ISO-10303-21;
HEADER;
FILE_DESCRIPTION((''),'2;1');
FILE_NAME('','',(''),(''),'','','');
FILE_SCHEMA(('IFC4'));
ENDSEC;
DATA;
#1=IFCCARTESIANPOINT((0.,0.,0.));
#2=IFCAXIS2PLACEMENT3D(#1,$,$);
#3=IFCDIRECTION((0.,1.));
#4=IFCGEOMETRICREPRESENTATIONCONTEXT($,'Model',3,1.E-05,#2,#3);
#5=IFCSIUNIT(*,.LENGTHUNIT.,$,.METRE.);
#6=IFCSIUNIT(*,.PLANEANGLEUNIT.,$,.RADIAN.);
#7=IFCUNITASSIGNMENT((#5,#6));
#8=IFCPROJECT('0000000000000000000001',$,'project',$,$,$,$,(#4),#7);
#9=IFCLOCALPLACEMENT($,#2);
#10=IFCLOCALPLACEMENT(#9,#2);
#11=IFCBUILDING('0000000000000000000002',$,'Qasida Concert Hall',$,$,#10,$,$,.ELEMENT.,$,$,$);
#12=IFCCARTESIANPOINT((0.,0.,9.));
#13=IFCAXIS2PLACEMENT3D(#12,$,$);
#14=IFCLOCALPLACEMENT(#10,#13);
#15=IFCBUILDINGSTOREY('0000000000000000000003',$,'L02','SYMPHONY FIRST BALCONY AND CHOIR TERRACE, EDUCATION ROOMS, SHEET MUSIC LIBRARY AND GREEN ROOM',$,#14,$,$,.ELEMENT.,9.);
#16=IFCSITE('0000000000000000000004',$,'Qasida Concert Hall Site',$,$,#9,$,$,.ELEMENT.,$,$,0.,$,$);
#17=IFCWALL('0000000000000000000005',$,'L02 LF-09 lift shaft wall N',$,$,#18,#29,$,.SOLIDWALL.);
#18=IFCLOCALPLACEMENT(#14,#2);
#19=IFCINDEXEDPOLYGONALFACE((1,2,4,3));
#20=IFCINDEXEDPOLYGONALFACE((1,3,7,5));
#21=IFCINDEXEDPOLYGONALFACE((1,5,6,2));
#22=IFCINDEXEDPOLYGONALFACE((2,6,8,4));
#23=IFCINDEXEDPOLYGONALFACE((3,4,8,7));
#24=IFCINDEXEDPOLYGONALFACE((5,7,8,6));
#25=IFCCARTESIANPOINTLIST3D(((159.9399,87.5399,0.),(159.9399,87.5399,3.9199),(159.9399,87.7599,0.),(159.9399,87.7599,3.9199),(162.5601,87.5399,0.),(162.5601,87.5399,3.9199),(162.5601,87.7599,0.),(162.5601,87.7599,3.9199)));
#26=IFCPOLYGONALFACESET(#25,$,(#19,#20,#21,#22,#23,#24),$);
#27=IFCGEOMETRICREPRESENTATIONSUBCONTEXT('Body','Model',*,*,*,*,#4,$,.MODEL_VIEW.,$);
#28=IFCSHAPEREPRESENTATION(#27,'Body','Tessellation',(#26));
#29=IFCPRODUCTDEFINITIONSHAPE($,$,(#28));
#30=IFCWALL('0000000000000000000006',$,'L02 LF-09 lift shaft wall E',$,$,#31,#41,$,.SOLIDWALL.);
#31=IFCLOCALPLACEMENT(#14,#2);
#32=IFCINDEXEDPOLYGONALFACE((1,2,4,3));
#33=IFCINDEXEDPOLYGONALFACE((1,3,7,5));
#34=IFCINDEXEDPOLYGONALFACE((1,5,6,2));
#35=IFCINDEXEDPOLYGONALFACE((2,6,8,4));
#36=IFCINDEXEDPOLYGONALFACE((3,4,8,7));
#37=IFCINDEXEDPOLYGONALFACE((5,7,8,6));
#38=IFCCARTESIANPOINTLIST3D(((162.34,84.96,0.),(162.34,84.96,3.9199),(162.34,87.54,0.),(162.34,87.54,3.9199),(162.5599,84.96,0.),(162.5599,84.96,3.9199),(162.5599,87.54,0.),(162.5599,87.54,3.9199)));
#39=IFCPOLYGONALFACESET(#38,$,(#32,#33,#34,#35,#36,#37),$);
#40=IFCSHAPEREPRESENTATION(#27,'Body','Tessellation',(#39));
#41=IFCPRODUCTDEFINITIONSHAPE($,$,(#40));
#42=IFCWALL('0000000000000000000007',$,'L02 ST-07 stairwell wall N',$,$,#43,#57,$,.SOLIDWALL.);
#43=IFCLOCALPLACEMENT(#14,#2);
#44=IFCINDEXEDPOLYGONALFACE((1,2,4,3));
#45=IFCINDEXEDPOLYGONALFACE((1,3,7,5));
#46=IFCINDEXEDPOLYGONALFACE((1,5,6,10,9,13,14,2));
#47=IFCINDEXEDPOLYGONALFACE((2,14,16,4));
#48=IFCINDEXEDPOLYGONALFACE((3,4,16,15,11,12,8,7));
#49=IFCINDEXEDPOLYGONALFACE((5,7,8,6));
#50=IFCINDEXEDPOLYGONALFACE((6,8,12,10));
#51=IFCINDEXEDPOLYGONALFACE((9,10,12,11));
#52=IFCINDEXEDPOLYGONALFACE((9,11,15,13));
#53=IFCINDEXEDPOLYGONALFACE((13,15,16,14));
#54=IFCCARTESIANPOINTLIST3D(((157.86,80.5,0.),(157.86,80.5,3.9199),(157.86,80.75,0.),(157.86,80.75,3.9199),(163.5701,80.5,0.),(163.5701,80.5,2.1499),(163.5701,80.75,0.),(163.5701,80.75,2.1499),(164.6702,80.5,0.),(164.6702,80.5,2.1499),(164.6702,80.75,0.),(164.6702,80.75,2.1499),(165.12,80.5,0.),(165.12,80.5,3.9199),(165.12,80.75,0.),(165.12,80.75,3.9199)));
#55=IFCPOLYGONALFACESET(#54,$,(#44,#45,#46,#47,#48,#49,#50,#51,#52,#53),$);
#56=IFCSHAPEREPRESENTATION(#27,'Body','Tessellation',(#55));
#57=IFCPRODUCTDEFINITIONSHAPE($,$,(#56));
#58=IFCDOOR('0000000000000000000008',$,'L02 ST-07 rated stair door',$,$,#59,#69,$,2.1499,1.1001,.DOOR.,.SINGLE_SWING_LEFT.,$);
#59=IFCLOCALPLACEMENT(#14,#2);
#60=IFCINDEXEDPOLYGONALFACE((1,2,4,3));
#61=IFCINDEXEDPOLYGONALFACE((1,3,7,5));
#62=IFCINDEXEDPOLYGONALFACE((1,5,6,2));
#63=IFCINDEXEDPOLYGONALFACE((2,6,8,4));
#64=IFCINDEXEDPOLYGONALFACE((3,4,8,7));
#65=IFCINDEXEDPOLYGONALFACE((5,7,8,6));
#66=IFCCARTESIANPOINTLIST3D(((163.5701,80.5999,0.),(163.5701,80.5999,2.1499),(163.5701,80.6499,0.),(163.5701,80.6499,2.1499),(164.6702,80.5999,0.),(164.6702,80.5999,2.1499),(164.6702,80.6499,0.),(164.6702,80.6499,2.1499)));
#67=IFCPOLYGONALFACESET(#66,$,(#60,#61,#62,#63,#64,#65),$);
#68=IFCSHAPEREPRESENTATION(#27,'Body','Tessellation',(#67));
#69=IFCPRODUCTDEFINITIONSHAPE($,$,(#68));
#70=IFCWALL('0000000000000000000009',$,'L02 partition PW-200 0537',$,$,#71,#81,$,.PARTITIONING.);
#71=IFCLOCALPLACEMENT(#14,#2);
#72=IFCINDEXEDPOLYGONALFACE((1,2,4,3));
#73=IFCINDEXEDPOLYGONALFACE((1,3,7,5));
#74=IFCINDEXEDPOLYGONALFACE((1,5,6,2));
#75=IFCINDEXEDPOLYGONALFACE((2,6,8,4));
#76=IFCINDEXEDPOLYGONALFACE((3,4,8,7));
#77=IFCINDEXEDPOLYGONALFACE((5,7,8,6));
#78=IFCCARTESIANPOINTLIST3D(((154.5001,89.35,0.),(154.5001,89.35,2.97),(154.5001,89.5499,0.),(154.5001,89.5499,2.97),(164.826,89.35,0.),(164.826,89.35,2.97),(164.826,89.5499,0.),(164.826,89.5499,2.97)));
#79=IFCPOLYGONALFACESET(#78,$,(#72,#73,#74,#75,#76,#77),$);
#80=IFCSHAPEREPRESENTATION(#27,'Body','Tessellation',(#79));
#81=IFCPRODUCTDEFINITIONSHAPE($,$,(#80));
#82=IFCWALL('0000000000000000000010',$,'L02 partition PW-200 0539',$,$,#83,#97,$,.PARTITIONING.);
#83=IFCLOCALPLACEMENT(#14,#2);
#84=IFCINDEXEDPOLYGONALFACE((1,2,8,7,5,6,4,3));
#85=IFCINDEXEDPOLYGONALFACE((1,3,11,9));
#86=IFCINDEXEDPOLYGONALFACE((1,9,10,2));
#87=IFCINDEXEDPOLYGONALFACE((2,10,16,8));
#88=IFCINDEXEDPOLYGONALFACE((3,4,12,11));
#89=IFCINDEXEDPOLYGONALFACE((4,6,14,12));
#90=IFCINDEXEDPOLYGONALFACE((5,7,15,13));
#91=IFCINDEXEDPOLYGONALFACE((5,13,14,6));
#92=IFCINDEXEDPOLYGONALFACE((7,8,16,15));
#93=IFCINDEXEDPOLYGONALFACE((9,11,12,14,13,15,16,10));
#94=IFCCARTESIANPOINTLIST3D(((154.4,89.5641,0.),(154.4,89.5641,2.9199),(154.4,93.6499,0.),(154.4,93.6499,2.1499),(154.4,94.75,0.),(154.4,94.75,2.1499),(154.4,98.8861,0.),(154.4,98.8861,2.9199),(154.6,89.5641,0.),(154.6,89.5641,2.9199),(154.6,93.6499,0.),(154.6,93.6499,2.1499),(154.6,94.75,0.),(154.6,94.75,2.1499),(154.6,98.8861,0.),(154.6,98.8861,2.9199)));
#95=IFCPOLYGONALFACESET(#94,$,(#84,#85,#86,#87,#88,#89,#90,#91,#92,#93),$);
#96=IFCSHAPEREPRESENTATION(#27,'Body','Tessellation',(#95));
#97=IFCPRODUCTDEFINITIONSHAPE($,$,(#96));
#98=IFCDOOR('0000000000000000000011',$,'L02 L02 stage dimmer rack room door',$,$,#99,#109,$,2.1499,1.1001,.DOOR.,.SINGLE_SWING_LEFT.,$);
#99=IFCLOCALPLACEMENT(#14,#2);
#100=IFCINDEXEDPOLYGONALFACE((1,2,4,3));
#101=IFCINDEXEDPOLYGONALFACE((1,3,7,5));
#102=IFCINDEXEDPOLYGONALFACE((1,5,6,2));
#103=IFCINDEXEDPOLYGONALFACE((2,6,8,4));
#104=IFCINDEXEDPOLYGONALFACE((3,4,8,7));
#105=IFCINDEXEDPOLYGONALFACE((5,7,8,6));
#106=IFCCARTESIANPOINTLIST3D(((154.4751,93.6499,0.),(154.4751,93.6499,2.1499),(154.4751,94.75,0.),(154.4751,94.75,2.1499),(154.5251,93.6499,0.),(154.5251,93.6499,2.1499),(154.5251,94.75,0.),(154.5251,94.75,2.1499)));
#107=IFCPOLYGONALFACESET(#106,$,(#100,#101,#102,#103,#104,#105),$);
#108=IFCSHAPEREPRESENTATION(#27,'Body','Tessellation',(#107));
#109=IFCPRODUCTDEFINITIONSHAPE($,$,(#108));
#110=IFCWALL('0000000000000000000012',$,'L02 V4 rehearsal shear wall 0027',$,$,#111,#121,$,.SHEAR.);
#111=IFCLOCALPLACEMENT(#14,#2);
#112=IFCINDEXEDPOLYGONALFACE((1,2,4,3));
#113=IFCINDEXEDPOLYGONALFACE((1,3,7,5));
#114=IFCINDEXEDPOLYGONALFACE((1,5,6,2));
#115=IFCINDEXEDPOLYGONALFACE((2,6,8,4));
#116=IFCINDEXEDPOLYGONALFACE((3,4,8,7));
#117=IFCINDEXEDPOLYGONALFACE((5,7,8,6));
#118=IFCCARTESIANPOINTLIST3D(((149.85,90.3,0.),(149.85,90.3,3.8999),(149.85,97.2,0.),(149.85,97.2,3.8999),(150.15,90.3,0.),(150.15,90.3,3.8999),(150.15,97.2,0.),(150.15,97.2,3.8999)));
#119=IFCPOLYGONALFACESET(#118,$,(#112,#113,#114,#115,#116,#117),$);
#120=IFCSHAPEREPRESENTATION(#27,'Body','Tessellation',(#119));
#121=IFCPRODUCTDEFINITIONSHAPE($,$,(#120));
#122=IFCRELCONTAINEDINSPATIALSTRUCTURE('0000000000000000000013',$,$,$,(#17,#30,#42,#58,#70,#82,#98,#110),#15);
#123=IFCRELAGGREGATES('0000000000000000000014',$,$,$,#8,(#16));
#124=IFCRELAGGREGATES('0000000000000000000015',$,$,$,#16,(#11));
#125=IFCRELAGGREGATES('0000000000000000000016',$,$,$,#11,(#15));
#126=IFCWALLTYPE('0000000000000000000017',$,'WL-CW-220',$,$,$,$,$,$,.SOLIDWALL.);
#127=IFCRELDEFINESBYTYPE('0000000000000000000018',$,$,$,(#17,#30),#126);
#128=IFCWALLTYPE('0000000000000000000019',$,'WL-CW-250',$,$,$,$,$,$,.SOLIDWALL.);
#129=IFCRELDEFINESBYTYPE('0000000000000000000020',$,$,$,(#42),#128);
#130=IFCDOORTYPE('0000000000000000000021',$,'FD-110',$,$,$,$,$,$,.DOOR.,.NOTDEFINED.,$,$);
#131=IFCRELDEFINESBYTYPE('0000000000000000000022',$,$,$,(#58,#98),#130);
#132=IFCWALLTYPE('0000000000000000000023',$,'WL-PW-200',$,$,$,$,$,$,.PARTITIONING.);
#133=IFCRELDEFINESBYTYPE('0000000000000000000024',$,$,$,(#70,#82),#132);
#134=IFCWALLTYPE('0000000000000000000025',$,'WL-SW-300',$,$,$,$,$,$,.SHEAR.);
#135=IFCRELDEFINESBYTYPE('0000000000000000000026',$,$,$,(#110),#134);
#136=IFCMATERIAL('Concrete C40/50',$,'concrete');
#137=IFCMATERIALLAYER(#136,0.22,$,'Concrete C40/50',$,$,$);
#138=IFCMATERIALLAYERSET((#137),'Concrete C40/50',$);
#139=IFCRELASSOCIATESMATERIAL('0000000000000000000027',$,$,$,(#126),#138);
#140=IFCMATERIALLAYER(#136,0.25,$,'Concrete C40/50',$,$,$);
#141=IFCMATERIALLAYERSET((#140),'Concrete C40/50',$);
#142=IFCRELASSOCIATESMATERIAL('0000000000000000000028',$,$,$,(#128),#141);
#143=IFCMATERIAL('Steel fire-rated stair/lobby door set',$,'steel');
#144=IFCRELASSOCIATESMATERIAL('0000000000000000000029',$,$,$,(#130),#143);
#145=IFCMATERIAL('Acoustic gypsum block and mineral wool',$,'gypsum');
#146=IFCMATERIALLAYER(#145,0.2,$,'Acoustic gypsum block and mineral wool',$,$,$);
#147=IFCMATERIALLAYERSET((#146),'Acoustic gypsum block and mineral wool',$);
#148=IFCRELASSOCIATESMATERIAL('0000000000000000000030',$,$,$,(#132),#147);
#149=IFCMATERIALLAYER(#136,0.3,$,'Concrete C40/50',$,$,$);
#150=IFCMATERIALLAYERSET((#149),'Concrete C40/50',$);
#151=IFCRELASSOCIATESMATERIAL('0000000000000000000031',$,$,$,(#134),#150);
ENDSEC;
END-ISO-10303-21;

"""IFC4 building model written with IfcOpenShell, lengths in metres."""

from ifc_helpers import new_model, si_unit, direction, frame, frame_2d, origin, place, context, subcontext, project, spatial, rectangle, extrude, material, layer, layer_set, type_object, element, fill, save


model = new_model("IFC4")

# Units and contexts
model_context = context("Model", 3, precision=1e-05, world=origin(), true_north=direction((0.0, 1.0)))
body_context = subcontext(model_context, "Body", "Model", "MODEL_VIEW")
ifc_project = project(units=[si_unit("LENGTHUNIT", "METRE"), si_unit("PLANEANGLEUNIT", "RADIAN")], contexts=[model_context])

# Site, building, storey
site_placement = place(None, origin())
site = spatial("IfcSite", under=ifc_project, at=site_placement, Name="Qasida Concert Hall Site", CompositionType="ELEMENT", RefElevation=0.0)
building_placement = place(site_placement, origin())
building = spatial("IfcBuilding", under=site, at=building_placement, Name="Qasida Concert Hall", CompositionType="ELEMENT")
storey_placement = place(building_placement, frame((0.0, 0.0, 9.0)))
storey = spatial("IfcBuildingStorey", under=building, at=storey_placement, Name="L02", Description="SYMPHONY FIRST BALCONY AND CHOIR TERRACE, EDUCATION ROOMS, SHEET MUSIC LIBRARY AND GREEN ROOM", CompositionType="ELEMENT", Elevation=9.0)

# Shared definitions
ifc_material_1 = material(Name="Concrete C40/50", Category="concrete")

# Wall
ifc_layer_1 = layer(ifc_material_1, 0.22, Name="Concrete C40/50")
ifc_layer_set_1 = layer_set([ifc_layer_1], Name="Concrete C40/50")
wall_type_1 = type_object("IfcWallType", Name="WL-CW-220", PredefinedType="SOLIDWALL", material=ifc_layer_set_1)
for number, where, z_axis, x_axis, name in (
    (1, (159.9399, 87.6499, 0.0), (0.0, 0.0, 1.0), (1.0, 0.0, 0.0), "L02 LF-09 lift shaft wall N"),
):
    element("IfcWall", number, at=place(storey_placement, frame(where, z_axis=z_axis, x_axis=x_axis)), inside=storey, type_object=wall_type_1, Name=name, PredefinedType="SOLIDWALL", context=body_context, shape_type="SweptSolid", body=[
        extrude(rectangle(XDim=2.6201, YDim=0.22, at=frame_2d((1.3101, 0.0))), origin(), (0.0, 0.0, 1.0), 3.9199),
    ])

# Wall
wall_1_placement = place(storey_placement, frame((162.45, 84.96, 0.0), z_axis=(0.0, 0.0, 1.0), x_axis=(0.0, 1.0, 0.0)))
element("IfcWall", 2, at=wall_1_placement, inside=storey, type_object=wall_type_1, Name="L02 LF-09 lift shaft wall E", PredefinedType="SOLIDWALL", context=body_context, shape_type="SweptSolid", body=[
    extrude(rectangle(XDim=2.5801, YDim=0.22, at=frame_2d((1.29, 0.0))), origin(), (0.0, 0.0, 1.0), 3.9199),
])

# Wall, opening, door
ifc_layer_2 = layer(ifc_material_1, 0.25, Name="Concrete C40/50")
ifc_layer_set_2 = layer_set([ifc_layer_2], Name="Concrete C40/50")
wall_type_2 = type_object("IfcWallType", Name="WL-CW-250", PredefinedType="SOLIDWALL", material=ifc_layer_set_2)
wall_2_placement = place(storey_placement, frame((157.8601, 80.625, 0.0), z_axis=(0.0, 0.0, 1.0), x_axis=(1.0, 0.0, 0.0)))
wall_2 = element("IfcWall", 3, at=wall_2_placement, inside=storey, type_object=wall_type_2, Name="L02 ST-07 stairwell wall N", PredefinedType="SOLIDWALL", context=body_context, shape_type="SweptSolid", body=[
    extrude(rectangle(XDim=7.26, YDim=0.25, at=frame_2d((3.6299, 0.0))), origin(), (0.0, 0.0, 1.0), 3.9199),
])
opening_1_placement = place(wall_2_placement, frame((5.71, 0.0, 0.0)))
opening_1 = element("IfcOpeningElement", 4, at=opening_1_placement, cuts=wall_2, PredefinedType="OPENING", context=body_context, shape_type="SweptSolid", body=[
    extrude(rectangle(XDim=1.1001, YDim=2.1499, at=frame_2d((0.55, 1.075))), frame((0.0, 0.135, 0.0), z_axis=(0.0, -1.0, 0.0), x_axis=(1.0, 0.0, 0.0)), (0.0, 0.0, 1.0), 0.27),
])
ifc_material_2 = material(Name="Steel fire-rated stair/lobby door set", Category="steel")
door_type_1 = type_object("IfcDoorType", Name="FD-110", OperationType="NOTDEFINED", PredefinedType="DOOR", material=ifc_material_2)
door_1_placement = place(opening_1_placement, origin())
door_1 = element("IfcDoor", 5, at=door_1_placement, inside=storey, type_object=door_type_1, Name="L02 ST-07 rated stair door", OperationType="SINGLE_SWING_LEFT", OverallHeight=2.1499, OverallWidth=1.1001, PredefinedType="DOOR", context=body_context, shape_type="SweptSolid", body=[
    extrude(rectangle(XDim=1.1001, YDim=2.1499, at=frame_2d((0.55, 1.075))), frame((0.0, 0.0249, 0.0), z_axis=(0.0, -1.0, 0.0), x_axis=(1.0, 0.0, 0.0)), (0.0, 0.0, 1.0), 0.05),
])
fill(opening_1, door_1)

# Wall
ifc_material_3 = material(Name="Acoustic gypsum block and mineral wool", Category="gypsum")
ifc_layer_3 = layer(ifc_material_3, 0.2, Name="Acoustic gypsum block and mineral wool")
ifc_layer_set_3 = layer_set([ifc_layer_3], Name="Acoustic gypsum block and mineral wool")
wall_type_3 = type_object("IfcWallType", Name="WL-PW-200", PredefinedType="PARTITIONING", material=ifc_layer_set_3)
wall_3_placement = place(storey_placement, frame((154.5, 89.45, 0.0), z_axis=(0.0, 0.0, 1.0), x_axis=(1.0, 0.0, 0.0)))
element("IfcWall", 6, at=wall_3_placement, inside=storey, type_object=wall_type_3, Name="L02 partition PW-200 0537", PredefinedType="PARTITIONING", context=body_context, shape_type="SweptSolid", body=[
    extrude(rectangle(XDim=10.3259, YDim=0.2, at=frame_2d((5.1631, 0.0))), origin(), (0.0, 0.0, 1.0), 2.97),
])

# Wall, opening, door
wall_4_placement = place(storey_placement, frame((154.5, 89.564, 0.0), z_axis=(0.0, 0.0, 1.0), x_axis=(0.0, 1.0, 0.0)))
wall_4 = element("IfcWall", 7, at=wall_4_placement, inside=storey, type_object=wall_type_3, Name="L02 partition PW-200 0539", PredefinedType="PARTITIONING", context=body_context, shape_type="SweptSolid", body=[
    extrude(rectangle(XDim=9.322, YDim=0.2, at=frame_2d((4.6611, 0.0))), origin(), (0.0, 0.0, 1.0), 2.9199),
])
opening_2_placement = place(wall_4_placement, frame((4.0859, 0.0, 0.0)))
opening_2 = element("IfcOpeningElement", 8, at=opening_2_placement, cuts=wall_4, PredefinedType="OPENING", context=body_context, shape_type="SweptSolid", body=[
    extrude(rectangle(XDim=1.1001, YDim=2.1499, at=frame_2d((0.55, 1.075))), frame((0.0, 0.1099, 0.0), z_axis=(0.0, -1.0, 0.0), x_axis=(1.0, 0.0, 0.0)), (0.0, 0.0, 1.0), 0.22),
])
door_2_placement = place(opening_2_placement, origin())
door_2 = element("IfcDoor", 9, at=door_2_placement, inside=storey, type_object=door_type_1, Name="L02 L02 stage dimmer rack room door", OperationType="SINGLE_SWING_LEFT", OverallHeight=2.1499, OverallWidth=1.1001, PredefinedType="DOOR", context=body_context, shape_type="SweptSolid", body=[
    extrude(rectangle(XDim=1.1001, YDim=2.1499, at=frame_2d((0.55, 1.075))), frame((0.0, 0.0249, 0.0), z_axis=(0.0, -1.0, 0.0), x_axis=(1.0, 0.0, 0.0)), (0.0, 0.0, 1.0), 0.05),
])
fill(opening_2, door_2)

# Wall
ifc_layer_4 = layer(ifc_material_1, 0.3, Name="Concrete C40/50")
ifc_layer_set_4 = layer_set([ifc_layer_4], Name="Concrete C40/50")
wall_type_4 = type_object("IfcWallType", Name="WL-SW-300", PredefinedType="SHEAR", material=ifc_layer_set_4)
wall_5_placement = place(storey_placement, frame((150.0, 90.3, 0.0), z_axis=(0.0, 0.0, 1.0), x_axis=(0.0, 1.0, 0.0)))
element("IfcWall", 10, at=wall_5_placement, inside=storey, type_object=wall_type_4, Name="L02 V4 rehearsal shear wall 0027", PredefinedType="SHEAR", context=body_context, shape_type="SweptSolid", body=[
    extrude(rectangle(XDim=6.8999, YDim=0.3, at=frame_2d((3.45, 0.0))), origin(), (0.0, 0.0, 1.0), 3.8999),
])

save(model, "model.ifc")
